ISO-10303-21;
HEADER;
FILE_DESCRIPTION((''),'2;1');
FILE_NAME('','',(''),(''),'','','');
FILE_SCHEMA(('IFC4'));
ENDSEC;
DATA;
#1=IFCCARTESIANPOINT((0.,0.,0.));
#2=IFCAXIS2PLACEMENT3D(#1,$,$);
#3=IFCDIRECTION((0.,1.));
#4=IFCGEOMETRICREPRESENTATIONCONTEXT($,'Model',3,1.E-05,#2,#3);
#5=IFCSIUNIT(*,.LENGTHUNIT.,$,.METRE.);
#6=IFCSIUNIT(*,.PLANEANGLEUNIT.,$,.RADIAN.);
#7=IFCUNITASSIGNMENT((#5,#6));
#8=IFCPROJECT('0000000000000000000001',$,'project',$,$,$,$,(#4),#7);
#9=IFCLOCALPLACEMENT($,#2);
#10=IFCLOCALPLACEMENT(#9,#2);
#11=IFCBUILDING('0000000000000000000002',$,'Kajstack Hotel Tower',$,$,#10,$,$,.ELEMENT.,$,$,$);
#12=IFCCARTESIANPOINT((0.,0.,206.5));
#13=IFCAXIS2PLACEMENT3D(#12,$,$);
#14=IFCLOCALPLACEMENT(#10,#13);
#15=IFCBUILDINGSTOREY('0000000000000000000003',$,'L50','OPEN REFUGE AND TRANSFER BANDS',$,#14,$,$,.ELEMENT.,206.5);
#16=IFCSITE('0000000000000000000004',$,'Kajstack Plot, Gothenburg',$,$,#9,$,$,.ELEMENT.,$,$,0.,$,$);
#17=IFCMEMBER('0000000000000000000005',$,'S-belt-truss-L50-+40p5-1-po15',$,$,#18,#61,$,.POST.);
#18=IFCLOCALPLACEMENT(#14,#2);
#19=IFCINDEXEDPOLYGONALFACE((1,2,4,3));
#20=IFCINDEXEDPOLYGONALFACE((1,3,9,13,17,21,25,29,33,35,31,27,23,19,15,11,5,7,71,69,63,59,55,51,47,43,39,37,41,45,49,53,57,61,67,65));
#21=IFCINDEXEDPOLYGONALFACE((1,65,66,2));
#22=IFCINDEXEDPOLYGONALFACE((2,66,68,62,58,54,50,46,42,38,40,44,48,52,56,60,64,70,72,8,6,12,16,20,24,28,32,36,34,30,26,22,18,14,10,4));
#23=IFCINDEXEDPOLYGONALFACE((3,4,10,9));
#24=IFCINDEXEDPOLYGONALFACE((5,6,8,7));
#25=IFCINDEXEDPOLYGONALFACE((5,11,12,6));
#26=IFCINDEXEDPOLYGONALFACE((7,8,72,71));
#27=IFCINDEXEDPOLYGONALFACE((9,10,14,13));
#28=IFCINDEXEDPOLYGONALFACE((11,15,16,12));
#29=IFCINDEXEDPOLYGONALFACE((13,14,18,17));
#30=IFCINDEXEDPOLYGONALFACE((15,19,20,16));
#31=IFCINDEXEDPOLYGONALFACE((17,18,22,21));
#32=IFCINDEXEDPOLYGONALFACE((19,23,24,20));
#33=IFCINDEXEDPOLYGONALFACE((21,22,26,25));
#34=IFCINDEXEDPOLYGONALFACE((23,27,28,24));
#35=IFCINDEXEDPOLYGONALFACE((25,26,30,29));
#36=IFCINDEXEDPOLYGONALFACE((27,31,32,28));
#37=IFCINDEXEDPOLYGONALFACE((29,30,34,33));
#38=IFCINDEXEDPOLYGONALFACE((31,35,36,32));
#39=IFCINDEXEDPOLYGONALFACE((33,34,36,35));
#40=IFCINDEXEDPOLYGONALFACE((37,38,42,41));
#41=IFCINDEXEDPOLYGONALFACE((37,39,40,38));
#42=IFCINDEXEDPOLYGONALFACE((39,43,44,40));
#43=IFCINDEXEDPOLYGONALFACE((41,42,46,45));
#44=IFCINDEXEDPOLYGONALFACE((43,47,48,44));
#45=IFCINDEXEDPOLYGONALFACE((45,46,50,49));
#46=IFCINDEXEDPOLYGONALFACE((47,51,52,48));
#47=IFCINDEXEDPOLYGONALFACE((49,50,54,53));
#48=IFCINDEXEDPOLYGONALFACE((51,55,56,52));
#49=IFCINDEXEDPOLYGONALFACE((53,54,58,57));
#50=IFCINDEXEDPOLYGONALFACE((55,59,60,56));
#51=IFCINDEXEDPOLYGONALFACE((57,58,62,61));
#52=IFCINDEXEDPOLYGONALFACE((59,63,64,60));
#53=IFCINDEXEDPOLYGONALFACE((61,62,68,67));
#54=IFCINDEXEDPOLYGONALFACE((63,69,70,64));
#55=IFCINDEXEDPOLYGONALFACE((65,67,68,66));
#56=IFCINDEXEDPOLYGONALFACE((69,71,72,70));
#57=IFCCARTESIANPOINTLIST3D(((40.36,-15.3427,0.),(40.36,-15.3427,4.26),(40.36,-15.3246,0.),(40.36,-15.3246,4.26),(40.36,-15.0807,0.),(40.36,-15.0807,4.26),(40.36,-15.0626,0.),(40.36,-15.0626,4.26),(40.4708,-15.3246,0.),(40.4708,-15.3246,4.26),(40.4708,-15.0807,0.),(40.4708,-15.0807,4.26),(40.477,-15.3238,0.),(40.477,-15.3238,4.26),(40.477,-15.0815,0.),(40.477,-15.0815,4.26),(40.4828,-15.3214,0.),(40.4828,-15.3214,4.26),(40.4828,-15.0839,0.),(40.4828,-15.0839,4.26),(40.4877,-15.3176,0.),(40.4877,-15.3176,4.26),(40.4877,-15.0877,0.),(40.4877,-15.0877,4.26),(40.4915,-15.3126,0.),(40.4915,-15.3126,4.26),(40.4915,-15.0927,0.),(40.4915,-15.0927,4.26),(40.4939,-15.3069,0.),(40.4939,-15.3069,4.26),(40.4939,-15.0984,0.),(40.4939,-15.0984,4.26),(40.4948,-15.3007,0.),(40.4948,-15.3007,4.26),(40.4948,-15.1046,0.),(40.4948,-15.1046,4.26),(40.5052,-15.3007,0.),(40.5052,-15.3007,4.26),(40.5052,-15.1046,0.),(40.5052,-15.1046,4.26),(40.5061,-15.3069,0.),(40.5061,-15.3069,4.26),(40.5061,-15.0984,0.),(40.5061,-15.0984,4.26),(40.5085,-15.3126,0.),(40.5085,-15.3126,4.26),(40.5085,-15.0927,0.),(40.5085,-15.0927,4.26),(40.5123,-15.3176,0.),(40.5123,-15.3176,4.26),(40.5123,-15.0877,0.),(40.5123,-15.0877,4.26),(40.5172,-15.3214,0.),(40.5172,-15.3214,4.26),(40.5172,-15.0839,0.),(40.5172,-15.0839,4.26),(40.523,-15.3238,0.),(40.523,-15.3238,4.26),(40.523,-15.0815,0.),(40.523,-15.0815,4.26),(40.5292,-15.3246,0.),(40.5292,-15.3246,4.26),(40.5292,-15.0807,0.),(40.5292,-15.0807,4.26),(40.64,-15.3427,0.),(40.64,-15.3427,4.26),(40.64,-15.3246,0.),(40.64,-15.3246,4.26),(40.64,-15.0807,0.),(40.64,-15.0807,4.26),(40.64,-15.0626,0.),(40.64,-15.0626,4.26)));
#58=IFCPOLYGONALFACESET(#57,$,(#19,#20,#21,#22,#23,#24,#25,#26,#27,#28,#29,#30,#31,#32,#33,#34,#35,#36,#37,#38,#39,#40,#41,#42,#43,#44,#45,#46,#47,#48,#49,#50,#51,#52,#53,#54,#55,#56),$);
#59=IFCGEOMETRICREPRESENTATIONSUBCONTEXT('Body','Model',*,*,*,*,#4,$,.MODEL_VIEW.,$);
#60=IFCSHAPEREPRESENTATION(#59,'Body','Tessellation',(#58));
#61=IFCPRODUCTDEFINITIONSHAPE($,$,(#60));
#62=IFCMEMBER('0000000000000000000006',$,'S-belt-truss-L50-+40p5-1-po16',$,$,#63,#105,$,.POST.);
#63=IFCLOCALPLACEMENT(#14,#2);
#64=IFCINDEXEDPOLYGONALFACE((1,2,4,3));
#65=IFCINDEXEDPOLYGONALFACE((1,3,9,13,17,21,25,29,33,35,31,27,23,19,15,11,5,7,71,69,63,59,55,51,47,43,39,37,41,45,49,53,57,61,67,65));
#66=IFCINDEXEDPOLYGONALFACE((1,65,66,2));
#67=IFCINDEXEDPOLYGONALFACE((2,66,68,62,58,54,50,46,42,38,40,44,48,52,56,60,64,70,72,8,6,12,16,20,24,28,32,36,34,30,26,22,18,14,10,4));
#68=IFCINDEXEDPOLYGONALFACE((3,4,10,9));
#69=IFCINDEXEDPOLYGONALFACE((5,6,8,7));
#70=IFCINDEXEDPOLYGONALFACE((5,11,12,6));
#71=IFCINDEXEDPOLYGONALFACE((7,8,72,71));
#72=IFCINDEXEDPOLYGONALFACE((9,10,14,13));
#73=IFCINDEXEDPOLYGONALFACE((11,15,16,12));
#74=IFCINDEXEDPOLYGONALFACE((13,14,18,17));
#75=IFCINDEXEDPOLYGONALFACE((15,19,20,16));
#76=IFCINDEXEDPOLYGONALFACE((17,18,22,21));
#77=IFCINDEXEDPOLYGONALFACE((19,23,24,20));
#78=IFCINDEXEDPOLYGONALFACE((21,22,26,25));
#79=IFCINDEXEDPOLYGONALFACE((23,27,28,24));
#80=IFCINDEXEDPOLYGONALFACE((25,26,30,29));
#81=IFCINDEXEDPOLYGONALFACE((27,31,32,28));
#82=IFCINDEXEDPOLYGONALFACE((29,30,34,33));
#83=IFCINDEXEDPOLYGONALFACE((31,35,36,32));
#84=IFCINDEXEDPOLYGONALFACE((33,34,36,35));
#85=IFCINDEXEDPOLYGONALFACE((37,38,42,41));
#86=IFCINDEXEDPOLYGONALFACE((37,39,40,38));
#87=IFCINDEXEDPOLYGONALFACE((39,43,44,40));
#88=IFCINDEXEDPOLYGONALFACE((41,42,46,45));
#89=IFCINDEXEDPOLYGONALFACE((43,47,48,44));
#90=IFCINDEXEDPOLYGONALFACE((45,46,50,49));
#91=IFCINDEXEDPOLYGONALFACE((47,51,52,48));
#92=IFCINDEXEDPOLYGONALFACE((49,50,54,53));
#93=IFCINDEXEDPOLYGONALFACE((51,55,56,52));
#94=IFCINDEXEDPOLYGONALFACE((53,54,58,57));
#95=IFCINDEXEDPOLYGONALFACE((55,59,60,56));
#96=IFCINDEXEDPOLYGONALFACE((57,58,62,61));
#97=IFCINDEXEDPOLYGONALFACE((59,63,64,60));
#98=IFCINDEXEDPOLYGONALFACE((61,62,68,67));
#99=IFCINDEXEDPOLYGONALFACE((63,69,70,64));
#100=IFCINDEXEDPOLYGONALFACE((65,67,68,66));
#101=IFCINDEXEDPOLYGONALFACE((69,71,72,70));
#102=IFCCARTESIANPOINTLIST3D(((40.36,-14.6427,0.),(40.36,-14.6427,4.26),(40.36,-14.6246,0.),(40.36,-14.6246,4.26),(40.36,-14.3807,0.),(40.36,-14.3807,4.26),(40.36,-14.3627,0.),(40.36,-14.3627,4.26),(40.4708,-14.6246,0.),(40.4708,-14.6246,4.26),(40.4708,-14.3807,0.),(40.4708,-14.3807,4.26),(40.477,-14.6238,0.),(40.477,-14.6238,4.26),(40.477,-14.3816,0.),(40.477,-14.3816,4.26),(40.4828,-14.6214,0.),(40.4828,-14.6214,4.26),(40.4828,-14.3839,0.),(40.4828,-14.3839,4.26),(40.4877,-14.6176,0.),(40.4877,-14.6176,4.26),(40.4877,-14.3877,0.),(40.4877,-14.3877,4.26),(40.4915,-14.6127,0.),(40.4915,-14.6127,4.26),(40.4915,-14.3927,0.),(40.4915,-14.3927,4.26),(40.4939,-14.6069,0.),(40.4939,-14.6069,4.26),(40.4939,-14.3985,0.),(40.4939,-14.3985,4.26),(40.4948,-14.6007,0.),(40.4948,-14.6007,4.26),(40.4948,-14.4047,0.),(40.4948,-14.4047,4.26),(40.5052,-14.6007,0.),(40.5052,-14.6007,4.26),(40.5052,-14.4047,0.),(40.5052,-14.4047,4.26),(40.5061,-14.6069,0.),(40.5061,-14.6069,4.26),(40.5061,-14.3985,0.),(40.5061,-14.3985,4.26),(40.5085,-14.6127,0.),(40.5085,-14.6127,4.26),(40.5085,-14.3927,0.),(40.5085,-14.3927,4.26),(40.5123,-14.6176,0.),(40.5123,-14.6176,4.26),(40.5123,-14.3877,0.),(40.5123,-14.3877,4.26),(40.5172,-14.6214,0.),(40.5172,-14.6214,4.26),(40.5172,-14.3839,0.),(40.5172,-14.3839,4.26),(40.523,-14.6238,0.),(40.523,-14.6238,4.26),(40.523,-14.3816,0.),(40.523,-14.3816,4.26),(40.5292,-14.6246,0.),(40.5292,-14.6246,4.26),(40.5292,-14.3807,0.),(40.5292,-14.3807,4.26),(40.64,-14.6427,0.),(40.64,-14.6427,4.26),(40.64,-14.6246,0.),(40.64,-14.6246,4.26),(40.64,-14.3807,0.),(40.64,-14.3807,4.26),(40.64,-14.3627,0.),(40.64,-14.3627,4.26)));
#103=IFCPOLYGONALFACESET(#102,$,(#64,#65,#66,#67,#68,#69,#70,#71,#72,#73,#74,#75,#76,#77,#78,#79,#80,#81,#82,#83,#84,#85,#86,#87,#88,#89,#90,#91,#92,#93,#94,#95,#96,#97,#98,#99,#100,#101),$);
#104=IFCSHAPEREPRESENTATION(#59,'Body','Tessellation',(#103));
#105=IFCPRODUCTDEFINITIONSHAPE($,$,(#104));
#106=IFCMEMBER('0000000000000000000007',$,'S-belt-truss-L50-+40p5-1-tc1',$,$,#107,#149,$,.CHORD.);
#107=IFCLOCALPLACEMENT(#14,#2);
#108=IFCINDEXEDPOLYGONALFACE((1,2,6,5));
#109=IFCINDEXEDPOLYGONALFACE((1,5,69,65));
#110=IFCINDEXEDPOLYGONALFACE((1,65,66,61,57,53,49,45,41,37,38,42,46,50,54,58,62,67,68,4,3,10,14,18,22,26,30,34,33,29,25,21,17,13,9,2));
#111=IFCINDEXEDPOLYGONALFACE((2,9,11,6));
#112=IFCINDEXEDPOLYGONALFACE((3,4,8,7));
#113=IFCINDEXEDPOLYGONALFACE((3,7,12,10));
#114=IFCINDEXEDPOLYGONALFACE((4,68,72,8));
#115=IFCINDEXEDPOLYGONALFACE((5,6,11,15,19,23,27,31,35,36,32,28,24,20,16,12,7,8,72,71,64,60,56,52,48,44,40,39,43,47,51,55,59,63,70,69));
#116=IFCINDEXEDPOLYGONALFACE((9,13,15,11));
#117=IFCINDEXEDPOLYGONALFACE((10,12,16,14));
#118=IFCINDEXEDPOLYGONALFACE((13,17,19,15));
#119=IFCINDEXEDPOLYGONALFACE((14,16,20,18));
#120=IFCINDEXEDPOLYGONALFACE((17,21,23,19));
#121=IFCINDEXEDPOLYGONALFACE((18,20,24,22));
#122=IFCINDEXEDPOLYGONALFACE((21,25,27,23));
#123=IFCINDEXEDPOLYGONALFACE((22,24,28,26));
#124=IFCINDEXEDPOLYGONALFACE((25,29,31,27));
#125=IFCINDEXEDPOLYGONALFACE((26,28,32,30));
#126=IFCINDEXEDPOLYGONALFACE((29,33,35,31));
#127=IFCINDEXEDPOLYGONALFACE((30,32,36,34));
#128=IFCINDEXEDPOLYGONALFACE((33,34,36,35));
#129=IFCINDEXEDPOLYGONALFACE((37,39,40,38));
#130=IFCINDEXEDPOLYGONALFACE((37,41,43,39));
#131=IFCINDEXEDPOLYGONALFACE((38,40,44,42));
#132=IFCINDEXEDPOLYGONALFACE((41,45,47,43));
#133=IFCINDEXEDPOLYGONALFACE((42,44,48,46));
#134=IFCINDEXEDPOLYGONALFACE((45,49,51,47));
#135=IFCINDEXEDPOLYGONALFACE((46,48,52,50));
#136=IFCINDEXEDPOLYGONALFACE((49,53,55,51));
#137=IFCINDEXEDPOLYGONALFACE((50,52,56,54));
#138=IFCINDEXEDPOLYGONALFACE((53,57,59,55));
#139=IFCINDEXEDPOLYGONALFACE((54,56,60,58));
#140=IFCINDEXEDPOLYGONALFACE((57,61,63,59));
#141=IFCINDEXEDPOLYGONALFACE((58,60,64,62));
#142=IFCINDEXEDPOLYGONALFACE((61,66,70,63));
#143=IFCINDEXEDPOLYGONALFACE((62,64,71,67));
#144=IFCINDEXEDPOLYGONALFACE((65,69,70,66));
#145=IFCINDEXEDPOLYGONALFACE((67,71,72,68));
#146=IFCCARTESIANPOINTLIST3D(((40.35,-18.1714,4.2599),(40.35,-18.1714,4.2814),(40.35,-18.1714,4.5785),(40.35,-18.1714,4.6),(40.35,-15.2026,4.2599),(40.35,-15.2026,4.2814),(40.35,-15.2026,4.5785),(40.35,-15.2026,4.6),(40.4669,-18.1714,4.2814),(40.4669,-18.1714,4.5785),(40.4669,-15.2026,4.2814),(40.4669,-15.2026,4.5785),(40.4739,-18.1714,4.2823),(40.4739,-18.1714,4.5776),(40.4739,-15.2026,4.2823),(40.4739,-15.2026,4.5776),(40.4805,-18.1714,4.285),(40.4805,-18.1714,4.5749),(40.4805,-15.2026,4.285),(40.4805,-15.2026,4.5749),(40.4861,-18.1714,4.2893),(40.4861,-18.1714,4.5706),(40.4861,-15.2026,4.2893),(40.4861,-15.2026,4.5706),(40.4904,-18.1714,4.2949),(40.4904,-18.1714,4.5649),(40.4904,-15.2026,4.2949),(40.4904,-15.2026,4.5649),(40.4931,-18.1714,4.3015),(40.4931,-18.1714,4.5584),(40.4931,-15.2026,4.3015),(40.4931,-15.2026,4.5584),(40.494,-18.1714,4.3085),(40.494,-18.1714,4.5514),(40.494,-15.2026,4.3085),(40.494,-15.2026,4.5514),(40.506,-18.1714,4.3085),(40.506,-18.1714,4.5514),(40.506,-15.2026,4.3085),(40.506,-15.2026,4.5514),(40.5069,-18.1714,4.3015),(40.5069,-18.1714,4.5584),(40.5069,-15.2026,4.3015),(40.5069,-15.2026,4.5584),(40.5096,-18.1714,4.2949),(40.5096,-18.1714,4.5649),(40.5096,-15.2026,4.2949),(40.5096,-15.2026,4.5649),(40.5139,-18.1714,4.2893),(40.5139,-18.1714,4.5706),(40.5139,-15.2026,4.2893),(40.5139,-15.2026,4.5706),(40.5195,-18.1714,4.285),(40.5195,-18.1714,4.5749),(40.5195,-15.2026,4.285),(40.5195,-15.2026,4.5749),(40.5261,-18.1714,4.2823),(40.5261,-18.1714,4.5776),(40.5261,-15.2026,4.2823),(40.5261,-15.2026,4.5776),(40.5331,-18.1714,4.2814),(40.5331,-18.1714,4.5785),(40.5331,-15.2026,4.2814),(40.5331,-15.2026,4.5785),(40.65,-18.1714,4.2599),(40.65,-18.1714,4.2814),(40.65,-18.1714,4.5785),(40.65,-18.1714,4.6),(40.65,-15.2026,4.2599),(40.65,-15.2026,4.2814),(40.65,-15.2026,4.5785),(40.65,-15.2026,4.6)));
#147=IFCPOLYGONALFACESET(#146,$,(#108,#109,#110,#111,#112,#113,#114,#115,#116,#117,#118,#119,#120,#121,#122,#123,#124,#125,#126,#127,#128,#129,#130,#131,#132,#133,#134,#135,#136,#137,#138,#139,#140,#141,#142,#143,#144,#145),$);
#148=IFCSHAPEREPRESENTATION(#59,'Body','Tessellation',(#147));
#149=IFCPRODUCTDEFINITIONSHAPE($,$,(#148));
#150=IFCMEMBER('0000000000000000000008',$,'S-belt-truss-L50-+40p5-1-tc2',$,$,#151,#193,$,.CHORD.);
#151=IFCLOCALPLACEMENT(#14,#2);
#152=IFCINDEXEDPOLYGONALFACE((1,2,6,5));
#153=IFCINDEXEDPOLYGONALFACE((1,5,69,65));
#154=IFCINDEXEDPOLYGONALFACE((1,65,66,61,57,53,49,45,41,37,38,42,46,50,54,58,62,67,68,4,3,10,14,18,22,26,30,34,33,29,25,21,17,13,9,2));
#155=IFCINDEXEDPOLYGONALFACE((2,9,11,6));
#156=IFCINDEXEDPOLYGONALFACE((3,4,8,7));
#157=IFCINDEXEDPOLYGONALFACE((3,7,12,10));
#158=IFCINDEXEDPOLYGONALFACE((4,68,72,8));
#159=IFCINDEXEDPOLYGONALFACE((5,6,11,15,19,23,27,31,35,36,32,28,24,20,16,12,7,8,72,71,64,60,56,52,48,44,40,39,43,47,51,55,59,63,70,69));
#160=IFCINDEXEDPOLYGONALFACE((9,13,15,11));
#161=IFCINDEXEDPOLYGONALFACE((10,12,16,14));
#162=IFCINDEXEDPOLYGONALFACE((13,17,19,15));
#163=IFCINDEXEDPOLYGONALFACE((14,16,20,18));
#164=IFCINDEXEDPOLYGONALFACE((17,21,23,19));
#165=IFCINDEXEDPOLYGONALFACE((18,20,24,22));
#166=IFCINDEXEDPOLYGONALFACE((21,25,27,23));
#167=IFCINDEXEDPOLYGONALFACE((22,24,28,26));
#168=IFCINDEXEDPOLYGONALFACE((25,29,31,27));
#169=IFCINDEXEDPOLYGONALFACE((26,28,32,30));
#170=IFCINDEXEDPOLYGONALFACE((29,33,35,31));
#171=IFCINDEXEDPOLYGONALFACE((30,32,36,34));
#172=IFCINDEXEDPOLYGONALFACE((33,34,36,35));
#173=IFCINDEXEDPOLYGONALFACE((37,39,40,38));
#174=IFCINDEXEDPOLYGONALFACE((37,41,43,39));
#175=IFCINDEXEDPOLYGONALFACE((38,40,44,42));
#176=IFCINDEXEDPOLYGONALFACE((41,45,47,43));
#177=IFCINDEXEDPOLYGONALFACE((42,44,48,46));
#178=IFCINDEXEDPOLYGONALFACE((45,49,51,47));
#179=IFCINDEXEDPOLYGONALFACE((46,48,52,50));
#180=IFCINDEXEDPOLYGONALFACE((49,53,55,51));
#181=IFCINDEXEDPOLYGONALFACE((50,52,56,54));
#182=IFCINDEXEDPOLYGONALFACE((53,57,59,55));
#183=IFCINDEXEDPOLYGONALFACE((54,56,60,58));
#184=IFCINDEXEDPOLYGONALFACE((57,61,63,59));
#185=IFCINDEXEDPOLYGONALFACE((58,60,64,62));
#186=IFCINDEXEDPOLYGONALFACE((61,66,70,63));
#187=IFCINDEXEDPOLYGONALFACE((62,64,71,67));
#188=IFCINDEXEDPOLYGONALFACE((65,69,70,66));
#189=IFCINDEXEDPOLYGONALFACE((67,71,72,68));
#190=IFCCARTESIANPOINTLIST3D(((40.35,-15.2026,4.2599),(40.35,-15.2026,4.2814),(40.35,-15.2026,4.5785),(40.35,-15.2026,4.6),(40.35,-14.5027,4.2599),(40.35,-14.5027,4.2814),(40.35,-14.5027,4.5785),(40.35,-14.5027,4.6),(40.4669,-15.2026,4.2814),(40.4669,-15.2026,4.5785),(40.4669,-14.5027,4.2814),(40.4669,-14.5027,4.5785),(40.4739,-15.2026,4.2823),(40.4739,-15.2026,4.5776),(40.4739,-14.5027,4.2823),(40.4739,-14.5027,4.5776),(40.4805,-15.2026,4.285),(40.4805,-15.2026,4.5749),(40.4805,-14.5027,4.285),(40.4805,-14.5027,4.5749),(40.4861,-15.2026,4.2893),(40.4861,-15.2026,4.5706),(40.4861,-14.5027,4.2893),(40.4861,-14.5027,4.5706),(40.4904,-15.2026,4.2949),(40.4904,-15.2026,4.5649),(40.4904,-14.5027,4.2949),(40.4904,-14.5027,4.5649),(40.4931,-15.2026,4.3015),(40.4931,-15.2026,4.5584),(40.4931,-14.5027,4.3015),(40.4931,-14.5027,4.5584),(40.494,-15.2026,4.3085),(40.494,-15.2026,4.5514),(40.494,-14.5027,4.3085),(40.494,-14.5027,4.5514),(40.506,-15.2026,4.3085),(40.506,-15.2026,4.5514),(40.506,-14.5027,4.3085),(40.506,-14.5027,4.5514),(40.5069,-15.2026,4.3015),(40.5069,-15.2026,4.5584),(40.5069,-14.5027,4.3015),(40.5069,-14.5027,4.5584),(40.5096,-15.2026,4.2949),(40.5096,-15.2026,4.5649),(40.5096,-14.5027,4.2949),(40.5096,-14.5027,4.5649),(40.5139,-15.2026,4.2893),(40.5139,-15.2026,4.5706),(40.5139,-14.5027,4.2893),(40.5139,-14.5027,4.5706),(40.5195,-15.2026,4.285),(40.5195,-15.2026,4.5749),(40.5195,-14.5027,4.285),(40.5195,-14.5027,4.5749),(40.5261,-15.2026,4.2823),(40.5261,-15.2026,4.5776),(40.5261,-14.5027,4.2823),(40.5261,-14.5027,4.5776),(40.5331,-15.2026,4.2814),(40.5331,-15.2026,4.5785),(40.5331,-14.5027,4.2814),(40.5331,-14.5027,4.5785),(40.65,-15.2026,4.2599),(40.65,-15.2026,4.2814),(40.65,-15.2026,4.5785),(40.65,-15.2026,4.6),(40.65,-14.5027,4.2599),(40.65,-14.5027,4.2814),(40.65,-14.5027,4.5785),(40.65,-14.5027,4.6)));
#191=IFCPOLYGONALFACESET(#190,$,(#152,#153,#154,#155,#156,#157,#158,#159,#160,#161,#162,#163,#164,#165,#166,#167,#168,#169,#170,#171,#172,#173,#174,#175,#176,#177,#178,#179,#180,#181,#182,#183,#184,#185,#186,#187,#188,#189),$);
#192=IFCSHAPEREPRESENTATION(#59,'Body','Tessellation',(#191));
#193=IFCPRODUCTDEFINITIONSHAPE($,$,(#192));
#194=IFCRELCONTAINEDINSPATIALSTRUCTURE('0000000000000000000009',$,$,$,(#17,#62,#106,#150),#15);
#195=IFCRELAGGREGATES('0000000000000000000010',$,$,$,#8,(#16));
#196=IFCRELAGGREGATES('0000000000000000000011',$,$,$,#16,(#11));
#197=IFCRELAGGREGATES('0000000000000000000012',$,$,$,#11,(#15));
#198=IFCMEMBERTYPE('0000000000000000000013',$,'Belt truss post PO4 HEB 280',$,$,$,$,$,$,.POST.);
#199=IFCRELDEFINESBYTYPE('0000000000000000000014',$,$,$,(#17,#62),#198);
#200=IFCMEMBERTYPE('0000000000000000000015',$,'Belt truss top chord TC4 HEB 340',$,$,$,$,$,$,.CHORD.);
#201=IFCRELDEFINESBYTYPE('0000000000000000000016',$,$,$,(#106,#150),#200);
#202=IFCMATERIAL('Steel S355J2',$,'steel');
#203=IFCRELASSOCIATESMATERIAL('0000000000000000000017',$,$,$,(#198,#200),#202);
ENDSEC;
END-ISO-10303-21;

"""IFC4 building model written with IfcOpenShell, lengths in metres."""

from ifc_helpers import new_model, si_unit, direction, frame, origin, origin_2d, place, context, subcontext, project, spatial, i_section, extrude, material, material_profile, profile_set, type_object, element, save


model = new_model("IFC4")

# Units and contexts
model_context = context("Model", 3, precision=1e-05, world=origin(), true_north=direction((0.0, 1.0)))
body_context = subcontext(model_context, "Body", "Model", "MODEL_VIEW")
ifc_project = project(units=[si_unit("LENGTHUNIT", "METRE"), si_unit("PLANEANGLEUNIT", "RADIAN")], contexts=[model_context])

# Site, building, storey
site_placement = place(None, origin())
site = spatial("IfcSite", under=ifc_project, at=site_placement, Name="Kajstack Plot, Gothenburg", CompositionType="ELEMENT", RefElevation=0.0)
building_placement = place(site_placement, origin())
building = spatial("IfcBuilding", under=site, at=building_placement, Name="Kajstack Hotel Tower", CompositionType="ELEMENT")
storey_placement = place(building_placement, frame((0.0, 0.0, 206.5)))
storey = spatial("IfcBuildingStorey", under=building, at=storey_placement, Name="L50", Description="OPEN REFUGE AND TRANSFER BANDS", CompositionType="ELEMENT", Elevation=206.5)

# Members
ifc_material = material(Name="Steel S355J2", Category="steel")
ifc_material_profile_1 = material_profile(ifc_material, i_section(OverallWidth=0.28, OverallDepth=0.28, WebThickness=0.0105, FlangeThickness=0.0181, FilletRadius=0.0239, at=origin_2d()), Name="HEB 280")
ifc_profile_set_1 = profile_set([ifc_material_profile_1], Name="Steel S355J2")
member_type_1 = type_object("IfcMemberType", Name="Belt truss post PO4 HEB 280", PredefinedType="POST", material=ifc_profile_set_1)
for number, where, z_axis, x_axis, name in (
    (1, (40.5, -15.2026, 0.0), (0.0, 0.0, 1.0), (1.0, 0.0, 0.0), "S-belt-truss-L50-+40p5-1-po15"),
    (2, (40.5, -14.5027, 0.0), (0.0, 0.0, 1.0), (1.0, 0.0, 0.0), "S-belt-truss-L50-+40p5-1-po16"),
):
    element("IfcMember", number, at=place(storey_placement, frame(where, z_axis=z_axis, x_axis=x_axis)), inside=storey, type_object=member_type_1, Name=name, PredefinedType="POST", context=body_context, shape_type="SweptSolid", body=[
        extrude(i_section(OverallWidth=0.28, OverallDepth=0.28, WebThickness=0.0105, FlangeThickness=0.0181, FilletRadius=0.0239, at=origin_2d()), origin(), (0.0, 0.0, 1.0), 4.26),
    ])
ifc_material_profile_2 = material_profile(ifc_material, i_section(OverallWidth=0.3, OverallDepth=0.3401, WebThickness=0.012, FlangeThickness=0.0215, FilletRadius=0.0271, at=origin_2d()), Name="HEB 340")
ifc_profile_set_2 = profile_set([ifc_material_profile_2], Name="Steel S355J2")
member_type_2 = type_object("IfcMemberType", Name="Belt truss top chord TC4 HEB 340", PredefinedType="CHORD", material=ifc_profile_set_2)
member_1_placement = place(storey_placement, frame((40.5, -18.1714, 4.4299), z_axis=(0.0, 1.0, 0.0), x_axis=(-1.0, 0.0, 0.0)))
element("IfcMember", 3, at=member_1_placement, inside=storey, type_object=member_type_2, Name="S-belt-truss-L50-+40p5-1-tc1", PredefinedType="CHORD", context=body_context, shape_type="SweptSolid", body=[
    extrude(i_section(OverallWidth=0.3, OverallDepth=0.3401, WebThickness=0.012, FlangeThickness=0.0215, FilletRadius=0.0271, at=origin_2d()), origin(), (0.0, 0.0, 1.0), 2.9688),
])
member_2_placement = place(storey_placement, frame((40.5, -15.2026, 4.4299), z_axis=(0.0, 1.0, 0.0), x_axis=(-1.0, 0.0, 0.0)))
element("IfcMember", 4, at=member_2_placement, inside=storey, type_object=member_type_2, Name="S-belt-truss-L50-+40p5-1-tc2", PredefinedType="CHORD", context=body_context, shape_type="SweptSolid", body=[
    extrude(i_section(OverallWidth=0.3, OverallDepth=0.3401, WebThickness=0.012, FlangeThickness=0.0215, FilletRadius=0.0271, at=origin_2d()), origin(), (0.0, 0.0, 1.0), 0.7),
])

save(model, "model.ifc")
